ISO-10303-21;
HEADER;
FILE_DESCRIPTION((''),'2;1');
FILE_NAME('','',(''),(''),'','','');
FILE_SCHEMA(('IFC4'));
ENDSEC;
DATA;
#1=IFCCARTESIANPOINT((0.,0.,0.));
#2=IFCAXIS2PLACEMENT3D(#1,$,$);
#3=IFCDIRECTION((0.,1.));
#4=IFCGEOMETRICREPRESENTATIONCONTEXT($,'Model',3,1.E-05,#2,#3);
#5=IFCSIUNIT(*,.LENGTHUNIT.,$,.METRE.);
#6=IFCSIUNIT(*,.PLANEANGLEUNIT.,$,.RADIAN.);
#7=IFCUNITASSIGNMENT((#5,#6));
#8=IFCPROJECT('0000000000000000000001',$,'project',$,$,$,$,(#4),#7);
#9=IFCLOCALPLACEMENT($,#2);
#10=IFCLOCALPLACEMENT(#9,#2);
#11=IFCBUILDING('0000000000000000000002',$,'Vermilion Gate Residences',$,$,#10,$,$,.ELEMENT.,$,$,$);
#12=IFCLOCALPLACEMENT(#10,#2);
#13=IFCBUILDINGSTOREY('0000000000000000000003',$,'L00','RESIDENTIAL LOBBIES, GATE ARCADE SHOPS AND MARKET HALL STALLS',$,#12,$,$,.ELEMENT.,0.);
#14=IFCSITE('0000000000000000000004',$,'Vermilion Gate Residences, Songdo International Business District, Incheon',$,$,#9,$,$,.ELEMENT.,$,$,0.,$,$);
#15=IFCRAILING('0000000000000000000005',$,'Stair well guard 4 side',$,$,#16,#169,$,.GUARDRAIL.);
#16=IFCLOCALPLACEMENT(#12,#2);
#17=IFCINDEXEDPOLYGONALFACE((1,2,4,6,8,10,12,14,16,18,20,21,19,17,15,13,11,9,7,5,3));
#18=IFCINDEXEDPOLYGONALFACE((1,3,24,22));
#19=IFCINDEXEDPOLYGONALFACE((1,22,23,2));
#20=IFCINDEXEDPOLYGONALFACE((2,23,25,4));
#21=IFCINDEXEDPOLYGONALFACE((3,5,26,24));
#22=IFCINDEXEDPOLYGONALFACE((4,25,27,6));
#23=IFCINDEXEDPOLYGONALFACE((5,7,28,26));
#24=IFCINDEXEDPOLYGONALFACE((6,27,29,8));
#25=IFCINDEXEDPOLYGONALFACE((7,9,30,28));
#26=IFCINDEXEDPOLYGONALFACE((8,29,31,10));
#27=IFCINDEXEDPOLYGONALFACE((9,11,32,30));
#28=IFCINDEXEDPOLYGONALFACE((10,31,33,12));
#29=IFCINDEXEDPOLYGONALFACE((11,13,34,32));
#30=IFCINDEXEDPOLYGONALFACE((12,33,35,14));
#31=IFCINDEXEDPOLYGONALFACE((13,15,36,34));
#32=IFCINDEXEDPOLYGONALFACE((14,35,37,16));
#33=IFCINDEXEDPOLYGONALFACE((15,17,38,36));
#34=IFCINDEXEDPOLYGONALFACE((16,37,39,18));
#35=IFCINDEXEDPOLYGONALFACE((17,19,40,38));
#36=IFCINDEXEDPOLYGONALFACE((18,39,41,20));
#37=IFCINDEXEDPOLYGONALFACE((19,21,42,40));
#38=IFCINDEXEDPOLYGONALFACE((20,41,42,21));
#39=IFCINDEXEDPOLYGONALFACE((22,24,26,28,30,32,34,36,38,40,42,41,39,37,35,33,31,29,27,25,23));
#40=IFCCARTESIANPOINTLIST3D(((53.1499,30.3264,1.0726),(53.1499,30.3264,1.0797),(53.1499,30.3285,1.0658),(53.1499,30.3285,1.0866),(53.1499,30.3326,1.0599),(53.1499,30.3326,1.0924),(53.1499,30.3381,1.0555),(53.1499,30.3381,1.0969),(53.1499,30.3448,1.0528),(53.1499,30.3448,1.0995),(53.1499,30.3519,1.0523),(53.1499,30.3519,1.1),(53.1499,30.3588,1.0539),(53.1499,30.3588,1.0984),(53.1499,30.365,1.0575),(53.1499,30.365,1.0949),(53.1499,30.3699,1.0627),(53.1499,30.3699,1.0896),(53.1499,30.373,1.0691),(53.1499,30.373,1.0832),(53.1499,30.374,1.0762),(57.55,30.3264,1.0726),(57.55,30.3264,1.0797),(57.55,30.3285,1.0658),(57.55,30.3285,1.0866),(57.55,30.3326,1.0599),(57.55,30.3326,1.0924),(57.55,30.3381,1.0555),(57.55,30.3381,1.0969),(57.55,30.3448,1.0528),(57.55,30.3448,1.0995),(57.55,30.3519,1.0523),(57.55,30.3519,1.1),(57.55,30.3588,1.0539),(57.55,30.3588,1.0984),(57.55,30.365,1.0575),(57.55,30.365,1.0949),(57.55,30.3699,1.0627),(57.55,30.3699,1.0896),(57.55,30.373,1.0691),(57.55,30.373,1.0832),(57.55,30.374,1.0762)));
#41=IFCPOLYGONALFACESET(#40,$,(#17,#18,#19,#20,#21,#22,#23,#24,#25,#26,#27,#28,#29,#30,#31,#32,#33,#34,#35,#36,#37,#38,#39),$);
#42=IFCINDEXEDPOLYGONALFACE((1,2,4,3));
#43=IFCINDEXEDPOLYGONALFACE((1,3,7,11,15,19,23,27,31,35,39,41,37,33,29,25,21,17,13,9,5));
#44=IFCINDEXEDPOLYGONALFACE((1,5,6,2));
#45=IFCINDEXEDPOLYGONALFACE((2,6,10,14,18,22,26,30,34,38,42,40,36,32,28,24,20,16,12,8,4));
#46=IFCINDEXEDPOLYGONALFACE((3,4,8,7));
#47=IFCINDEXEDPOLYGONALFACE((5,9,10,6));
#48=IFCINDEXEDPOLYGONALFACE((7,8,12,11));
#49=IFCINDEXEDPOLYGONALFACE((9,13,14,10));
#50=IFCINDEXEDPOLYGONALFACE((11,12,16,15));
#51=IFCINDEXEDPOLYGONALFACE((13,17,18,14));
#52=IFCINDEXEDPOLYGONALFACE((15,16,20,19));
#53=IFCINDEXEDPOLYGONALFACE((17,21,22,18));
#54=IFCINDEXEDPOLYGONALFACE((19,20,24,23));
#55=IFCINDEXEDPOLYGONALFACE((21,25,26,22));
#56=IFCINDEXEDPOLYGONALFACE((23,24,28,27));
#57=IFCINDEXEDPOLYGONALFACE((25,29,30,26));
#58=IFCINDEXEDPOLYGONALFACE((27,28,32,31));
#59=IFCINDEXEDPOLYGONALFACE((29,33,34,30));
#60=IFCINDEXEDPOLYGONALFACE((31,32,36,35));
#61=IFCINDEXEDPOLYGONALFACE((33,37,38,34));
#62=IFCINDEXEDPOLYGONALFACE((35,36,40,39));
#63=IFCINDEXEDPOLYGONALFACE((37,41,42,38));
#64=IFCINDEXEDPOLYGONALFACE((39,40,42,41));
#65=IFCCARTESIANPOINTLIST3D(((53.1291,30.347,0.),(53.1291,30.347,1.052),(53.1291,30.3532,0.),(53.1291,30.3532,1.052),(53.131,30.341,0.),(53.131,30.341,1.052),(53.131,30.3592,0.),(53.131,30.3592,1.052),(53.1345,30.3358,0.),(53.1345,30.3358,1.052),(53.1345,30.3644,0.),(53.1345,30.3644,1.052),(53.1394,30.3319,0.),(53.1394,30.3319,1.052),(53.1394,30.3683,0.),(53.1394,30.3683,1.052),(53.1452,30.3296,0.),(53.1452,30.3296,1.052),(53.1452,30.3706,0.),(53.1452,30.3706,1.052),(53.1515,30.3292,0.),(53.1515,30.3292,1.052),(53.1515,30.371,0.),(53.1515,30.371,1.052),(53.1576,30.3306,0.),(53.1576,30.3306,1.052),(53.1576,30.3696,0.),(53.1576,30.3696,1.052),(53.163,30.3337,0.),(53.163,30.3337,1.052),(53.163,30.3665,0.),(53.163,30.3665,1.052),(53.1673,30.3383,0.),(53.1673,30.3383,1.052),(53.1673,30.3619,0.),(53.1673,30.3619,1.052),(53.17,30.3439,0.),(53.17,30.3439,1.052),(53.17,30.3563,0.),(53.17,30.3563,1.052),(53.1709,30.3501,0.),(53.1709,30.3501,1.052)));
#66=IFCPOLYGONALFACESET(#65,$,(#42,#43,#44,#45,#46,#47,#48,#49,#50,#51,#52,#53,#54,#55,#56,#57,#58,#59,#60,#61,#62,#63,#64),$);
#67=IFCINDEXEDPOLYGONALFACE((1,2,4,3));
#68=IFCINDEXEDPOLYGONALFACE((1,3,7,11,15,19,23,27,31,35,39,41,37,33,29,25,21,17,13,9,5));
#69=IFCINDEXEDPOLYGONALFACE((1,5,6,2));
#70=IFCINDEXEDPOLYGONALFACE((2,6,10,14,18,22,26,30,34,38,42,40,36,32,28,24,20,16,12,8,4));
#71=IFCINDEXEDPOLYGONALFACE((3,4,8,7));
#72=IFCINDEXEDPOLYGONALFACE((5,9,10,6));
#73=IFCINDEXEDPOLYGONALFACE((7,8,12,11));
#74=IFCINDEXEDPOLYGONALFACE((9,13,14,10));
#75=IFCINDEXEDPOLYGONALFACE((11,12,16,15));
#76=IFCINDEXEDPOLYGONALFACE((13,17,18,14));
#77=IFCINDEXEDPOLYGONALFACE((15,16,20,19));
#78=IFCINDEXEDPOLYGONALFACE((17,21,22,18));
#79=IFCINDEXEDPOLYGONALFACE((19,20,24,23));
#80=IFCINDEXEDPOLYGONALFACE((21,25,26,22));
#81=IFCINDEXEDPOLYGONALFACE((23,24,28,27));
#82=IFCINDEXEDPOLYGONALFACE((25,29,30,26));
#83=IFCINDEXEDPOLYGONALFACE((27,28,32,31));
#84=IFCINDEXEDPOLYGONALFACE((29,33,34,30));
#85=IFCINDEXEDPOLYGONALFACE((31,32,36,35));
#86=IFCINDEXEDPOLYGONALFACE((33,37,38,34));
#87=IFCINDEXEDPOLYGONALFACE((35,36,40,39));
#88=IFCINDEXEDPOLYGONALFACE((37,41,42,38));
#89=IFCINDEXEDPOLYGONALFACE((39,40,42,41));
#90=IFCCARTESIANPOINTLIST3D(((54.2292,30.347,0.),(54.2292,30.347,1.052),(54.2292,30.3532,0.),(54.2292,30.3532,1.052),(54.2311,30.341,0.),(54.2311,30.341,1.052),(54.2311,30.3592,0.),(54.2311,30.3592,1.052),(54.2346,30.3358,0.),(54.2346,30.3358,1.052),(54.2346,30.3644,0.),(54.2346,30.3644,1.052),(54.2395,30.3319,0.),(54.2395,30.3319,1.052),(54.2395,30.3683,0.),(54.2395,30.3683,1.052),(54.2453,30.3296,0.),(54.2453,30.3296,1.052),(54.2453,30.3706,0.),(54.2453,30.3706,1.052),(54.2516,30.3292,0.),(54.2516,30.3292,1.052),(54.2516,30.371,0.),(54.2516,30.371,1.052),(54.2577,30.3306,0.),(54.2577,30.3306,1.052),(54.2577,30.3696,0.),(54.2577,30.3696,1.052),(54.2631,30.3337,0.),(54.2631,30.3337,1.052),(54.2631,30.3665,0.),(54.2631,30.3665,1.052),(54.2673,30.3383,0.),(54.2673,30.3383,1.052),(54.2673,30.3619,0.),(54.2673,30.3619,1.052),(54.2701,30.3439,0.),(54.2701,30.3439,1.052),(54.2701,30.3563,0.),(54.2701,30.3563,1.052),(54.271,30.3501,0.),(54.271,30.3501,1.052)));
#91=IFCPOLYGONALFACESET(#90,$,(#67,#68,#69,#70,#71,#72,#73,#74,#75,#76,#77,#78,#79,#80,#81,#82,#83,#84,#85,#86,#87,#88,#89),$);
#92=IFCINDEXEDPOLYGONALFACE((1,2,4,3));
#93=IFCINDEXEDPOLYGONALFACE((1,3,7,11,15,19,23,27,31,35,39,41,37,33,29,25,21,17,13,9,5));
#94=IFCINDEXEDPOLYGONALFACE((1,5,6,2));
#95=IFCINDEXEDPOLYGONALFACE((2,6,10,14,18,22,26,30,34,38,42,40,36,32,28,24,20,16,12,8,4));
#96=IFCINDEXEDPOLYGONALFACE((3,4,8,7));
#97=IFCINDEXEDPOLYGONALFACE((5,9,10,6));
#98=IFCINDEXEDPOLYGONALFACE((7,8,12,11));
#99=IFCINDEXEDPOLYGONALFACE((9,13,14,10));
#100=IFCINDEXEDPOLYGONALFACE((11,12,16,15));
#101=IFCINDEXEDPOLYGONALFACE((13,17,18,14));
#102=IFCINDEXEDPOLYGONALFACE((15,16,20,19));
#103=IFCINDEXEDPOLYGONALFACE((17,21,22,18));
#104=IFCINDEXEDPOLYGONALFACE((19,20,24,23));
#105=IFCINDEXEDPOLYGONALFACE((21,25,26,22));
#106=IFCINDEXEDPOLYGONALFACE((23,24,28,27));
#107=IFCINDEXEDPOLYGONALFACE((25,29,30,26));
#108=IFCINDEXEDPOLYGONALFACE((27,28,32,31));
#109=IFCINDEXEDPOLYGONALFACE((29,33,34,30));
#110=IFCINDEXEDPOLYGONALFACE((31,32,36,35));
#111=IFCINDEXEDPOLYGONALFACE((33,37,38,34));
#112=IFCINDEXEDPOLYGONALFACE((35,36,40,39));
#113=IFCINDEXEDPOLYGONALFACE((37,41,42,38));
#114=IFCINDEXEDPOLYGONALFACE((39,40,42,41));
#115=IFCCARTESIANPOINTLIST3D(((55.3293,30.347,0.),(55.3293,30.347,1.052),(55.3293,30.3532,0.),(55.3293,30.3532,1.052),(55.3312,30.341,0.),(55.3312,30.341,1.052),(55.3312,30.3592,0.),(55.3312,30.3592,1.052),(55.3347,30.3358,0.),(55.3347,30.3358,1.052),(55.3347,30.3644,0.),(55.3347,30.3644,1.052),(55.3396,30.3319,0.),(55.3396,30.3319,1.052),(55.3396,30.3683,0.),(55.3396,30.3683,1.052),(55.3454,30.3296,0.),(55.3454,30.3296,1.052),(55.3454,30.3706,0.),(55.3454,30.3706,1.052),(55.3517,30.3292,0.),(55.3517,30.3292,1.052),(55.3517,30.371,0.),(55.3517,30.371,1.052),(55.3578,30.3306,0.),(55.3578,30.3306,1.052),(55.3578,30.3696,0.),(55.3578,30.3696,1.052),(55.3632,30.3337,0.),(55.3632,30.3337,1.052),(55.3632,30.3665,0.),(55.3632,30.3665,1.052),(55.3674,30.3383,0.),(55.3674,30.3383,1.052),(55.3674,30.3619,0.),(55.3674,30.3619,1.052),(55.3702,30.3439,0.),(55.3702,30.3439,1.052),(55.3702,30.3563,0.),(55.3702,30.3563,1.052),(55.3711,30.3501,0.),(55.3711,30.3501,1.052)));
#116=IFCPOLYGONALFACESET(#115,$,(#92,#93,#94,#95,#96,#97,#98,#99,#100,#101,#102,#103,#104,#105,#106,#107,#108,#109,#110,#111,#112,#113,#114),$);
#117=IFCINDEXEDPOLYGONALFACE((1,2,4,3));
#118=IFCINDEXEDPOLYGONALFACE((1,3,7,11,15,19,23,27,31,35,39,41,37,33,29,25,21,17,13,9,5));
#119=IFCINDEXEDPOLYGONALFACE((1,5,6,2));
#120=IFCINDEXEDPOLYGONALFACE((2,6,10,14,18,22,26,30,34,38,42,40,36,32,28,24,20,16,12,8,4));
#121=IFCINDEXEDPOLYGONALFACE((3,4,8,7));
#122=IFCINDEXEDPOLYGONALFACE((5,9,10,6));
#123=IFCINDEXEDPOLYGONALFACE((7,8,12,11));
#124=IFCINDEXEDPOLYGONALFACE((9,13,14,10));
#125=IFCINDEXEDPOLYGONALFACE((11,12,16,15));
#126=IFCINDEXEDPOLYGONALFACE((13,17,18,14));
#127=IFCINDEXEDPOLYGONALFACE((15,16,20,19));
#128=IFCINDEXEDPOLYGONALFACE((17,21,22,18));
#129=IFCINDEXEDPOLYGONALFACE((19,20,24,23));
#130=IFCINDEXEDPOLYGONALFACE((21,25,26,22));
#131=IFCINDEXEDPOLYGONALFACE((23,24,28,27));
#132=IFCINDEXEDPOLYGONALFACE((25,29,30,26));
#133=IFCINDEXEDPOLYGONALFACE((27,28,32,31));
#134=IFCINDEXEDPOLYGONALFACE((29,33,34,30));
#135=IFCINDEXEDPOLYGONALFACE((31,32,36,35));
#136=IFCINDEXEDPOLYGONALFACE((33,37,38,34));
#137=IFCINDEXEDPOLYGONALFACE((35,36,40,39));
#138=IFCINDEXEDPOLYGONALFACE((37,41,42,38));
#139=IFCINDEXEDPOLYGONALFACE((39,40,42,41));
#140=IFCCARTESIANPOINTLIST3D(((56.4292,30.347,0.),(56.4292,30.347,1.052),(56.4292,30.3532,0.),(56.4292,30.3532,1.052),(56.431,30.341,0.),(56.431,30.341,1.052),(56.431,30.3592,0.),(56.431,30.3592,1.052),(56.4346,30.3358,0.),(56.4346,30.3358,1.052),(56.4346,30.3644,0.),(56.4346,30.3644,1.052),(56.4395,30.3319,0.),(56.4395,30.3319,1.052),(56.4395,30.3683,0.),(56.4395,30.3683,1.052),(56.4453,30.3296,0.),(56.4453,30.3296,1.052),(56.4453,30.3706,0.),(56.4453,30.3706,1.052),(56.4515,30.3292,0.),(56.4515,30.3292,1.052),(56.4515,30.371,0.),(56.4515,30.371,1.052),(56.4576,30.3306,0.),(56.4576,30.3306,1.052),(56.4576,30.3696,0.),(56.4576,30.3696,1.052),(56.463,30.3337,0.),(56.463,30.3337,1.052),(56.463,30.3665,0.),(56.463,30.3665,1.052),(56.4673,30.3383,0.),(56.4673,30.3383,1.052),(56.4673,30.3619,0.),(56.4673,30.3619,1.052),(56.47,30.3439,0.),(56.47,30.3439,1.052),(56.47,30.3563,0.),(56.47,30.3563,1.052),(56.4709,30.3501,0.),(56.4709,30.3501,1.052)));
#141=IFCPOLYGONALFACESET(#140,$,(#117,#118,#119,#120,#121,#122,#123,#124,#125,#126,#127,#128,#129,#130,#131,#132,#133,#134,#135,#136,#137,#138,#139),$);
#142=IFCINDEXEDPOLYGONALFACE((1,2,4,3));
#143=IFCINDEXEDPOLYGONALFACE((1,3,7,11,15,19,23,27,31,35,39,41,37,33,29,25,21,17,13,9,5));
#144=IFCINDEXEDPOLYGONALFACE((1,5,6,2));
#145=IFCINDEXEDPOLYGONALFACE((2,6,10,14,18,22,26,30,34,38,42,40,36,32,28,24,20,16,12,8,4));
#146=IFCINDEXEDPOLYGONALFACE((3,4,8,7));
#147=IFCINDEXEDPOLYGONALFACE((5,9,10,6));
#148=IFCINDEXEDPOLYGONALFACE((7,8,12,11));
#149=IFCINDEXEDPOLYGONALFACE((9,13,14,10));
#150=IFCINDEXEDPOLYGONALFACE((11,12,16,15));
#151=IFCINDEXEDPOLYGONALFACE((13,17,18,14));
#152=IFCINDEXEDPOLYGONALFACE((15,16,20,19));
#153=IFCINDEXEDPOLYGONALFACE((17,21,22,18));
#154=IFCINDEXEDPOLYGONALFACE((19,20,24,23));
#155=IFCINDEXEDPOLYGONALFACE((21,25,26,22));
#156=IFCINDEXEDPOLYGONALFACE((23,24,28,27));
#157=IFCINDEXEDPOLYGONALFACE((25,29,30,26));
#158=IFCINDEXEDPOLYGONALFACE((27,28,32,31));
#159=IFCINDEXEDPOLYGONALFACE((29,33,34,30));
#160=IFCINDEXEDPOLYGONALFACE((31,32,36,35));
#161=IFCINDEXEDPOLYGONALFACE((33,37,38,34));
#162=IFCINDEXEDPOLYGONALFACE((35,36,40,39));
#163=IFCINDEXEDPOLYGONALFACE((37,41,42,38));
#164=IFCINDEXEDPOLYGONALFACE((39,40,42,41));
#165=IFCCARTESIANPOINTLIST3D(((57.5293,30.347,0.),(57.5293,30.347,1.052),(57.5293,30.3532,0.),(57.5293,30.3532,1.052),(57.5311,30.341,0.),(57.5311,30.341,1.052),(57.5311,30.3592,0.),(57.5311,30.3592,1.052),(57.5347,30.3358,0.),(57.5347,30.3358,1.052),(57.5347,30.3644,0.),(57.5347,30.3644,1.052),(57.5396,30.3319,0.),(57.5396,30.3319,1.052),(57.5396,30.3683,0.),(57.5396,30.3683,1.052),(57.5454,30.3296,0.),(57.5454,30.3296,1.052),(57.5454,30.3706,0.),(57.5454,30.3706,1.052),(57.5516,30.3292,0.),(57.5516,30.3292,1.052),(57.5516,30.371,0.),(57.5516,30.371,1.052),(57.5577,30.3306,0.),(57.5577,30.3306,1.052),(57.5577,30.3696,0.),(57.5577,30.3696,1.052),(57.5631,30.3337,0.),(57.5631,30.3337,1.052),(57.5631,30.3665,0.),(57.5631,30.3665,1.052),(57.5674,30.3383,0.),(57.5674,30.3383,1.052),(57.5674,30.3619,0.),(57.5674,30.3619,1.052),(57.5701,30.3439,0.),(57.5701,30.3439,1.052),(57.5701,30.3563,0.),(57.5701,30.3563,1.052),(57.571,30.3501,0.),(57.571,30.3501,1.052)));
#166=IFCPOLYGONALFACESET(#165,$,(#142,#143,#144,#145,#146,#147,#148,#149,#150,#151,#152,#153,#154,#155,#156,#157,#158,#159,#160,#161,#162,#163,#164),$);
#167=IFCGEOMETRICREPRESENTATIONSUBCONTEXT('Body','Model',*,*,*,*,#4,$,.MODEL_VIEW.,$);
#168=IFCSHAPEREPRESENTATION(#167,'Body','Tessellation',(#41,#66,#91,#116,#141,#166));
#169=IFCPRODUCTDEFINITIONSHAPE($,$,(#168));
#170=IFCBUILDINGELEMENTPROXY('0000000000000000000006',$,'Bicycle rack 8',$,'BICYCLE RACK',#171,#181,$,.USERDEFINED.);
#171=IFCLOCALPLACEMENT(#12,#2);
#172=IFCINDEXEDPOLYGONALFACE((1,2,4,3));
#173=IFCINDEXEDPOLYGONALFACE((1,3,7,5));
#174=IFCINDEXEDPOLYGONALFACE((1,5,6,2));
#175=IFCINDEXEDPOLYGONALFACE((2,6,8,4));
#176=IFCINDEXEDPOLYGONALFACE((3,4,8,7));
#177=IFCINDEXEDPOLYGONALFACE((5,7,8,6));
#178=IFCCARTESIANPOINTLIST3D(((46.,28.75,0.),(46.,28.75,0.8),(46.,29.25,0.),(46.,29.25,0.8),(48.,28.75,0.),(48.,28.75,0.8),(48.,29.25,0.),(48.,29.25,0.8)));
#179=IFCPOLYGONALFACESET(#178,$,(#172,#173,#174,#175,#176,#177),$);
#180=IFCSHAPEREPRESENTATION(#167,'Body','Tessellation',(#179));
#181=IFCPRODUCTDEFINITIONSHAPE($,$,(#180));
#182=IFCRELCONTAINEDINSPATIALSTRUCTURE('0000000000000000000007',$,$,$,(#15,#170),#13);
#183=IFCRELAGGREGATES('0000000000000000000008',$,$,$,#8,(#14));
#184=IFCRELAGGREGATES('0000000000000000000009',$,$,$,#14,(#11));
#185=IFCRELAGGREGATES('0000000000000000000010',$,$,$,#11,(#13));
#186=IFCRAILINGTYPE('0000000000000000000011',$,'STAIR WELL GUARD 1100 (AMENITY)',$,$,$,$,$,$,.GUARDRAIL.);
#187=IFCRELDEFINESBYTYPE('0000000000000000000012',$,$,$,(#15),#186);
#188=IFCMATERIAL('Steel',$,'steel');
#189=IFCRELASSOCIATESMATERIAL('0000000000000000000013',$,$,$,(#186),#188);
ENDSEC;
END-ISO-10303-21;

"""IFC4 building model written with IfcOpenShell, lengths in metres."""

from ifc_helpers import new_model, si_unit, direction, frame, origin, origin_2d, place, context, subcontext, project, spatial, rectangle, circle, extrude, material, type_object, element, save


model = new_model("IFC4")

# Units and contexts
model_context = context("Model", 3, precision=1e-05, world=origin(), true_north=direction((0.0, 1.0)))
body_context = subcontext(model_context, "Body", "Model", "MODEL_VIEW")
ifc_project = project(units=[si_unit("LENGTHUNIT", "METRE"), si_unit("PLANEANGLEUNIT", "RADIAN")], contexts=[model_context])

# Site, building, storey
site_placement = place(None, origin())
site = spatial("IfcSite", under=ifc_project, at=site_placement, Name="Vermilion Gate Residences, Songdo International Business District, Incheon", CompositionType="ELEMENT", RefElevation=0.0)
building_placement = place(site_placement, origin())
building = spatial("IfcBuilding", under=site, at=building_placement, Name="Vermilion Gate Residences", CompositionType="ELEMENT")
storey_placement = place(building_placement, origin())
storey = spatial("IfcBuildingStorey", under=building, at=storey_placement, Name="L00", Description="RESIDENTIAL LOBBIES, GATE ARCADE SHOPS AND MARKET HALL STALLS", CompositionType="ELEMENT", Elevation=0.0)

# Railing
ifc_material_1 = material(Name="Steel", Category="steel")
railing_type_1 = type_object("IfcRailingType", Name="STAIR WELL GUARD 1100 (AMENITY)", PredefinedType="GUARDRAIL", material=ifc_material_1)
railing_1_placement = place(storey_placement, frame((53.1499, 30.3501, 0.0)))
element("IfcRailing", 1, at=railing_1_placement, inside=storey, type_object=railing_type_1, Name="Stair well guard 4 side", PredefinedType="GUARDRAIL", context=body_context, shape_type="SweptSolid", body=[
    extrude(circle(Radius=0.0239, at=origin_2d()), frame((0.0, 0.0, 1.0762), z_axis=(1.0, 0.0, 0.0), x_axis=(0.0, 1.0, 0.0)), (0.0, 0.0, 1.0), 4.4001),
    extrude(circle(Radius=0.021, at=origin_2d()), origin(), (0.0, 0.0, 1.0), 1.052),
    extrude(circle(Radius=0.021, at=origin_2d()), frame((1.1001, 0.0, 0.0)), (0.0, 0.0, 1.0), 1.052),
    extrude(circle(Radius=0.021, at=origin_2d()), frame((2.2002, 0.0, 0.0)), (0.0, 0.0, 1.0), 1.052),
    extrude(circle(Radius=0.021, at=origin_2d()), frame((3.3, 0.0, 0.0)), (0.0, 0.0, 1.0), 1.052),
    extrude(circle(Radius=0.021, at=origin_2d()), frame((4.4001, 0.0, 0.0)), (0.0, 0.0, 1.0), 1.052),
])

# Building element proxy
proxy_placement = place(storey_placement, frame((47.0, 29.0, 0.0), z_axis=(0.0, 0.0, 1.0), x_axis=(1.0, 0.0, 0.0)))
element("IfcBuildingElementProxy", 2, at=proxy_placement, inside=storey, Name="Bicycle rack 8", ObjectType="BICYCLE RACK", PredefinedType="USERDEFINED", context=body_context, shape_type="SweptSolid", body=[
    extrude(rectangle(XDim=2.0, YDim=0.5, at=origin_2d()), origin(), (0.0, 0.0, 1.0), 0.8),
])

save(model, "model.ifc")
